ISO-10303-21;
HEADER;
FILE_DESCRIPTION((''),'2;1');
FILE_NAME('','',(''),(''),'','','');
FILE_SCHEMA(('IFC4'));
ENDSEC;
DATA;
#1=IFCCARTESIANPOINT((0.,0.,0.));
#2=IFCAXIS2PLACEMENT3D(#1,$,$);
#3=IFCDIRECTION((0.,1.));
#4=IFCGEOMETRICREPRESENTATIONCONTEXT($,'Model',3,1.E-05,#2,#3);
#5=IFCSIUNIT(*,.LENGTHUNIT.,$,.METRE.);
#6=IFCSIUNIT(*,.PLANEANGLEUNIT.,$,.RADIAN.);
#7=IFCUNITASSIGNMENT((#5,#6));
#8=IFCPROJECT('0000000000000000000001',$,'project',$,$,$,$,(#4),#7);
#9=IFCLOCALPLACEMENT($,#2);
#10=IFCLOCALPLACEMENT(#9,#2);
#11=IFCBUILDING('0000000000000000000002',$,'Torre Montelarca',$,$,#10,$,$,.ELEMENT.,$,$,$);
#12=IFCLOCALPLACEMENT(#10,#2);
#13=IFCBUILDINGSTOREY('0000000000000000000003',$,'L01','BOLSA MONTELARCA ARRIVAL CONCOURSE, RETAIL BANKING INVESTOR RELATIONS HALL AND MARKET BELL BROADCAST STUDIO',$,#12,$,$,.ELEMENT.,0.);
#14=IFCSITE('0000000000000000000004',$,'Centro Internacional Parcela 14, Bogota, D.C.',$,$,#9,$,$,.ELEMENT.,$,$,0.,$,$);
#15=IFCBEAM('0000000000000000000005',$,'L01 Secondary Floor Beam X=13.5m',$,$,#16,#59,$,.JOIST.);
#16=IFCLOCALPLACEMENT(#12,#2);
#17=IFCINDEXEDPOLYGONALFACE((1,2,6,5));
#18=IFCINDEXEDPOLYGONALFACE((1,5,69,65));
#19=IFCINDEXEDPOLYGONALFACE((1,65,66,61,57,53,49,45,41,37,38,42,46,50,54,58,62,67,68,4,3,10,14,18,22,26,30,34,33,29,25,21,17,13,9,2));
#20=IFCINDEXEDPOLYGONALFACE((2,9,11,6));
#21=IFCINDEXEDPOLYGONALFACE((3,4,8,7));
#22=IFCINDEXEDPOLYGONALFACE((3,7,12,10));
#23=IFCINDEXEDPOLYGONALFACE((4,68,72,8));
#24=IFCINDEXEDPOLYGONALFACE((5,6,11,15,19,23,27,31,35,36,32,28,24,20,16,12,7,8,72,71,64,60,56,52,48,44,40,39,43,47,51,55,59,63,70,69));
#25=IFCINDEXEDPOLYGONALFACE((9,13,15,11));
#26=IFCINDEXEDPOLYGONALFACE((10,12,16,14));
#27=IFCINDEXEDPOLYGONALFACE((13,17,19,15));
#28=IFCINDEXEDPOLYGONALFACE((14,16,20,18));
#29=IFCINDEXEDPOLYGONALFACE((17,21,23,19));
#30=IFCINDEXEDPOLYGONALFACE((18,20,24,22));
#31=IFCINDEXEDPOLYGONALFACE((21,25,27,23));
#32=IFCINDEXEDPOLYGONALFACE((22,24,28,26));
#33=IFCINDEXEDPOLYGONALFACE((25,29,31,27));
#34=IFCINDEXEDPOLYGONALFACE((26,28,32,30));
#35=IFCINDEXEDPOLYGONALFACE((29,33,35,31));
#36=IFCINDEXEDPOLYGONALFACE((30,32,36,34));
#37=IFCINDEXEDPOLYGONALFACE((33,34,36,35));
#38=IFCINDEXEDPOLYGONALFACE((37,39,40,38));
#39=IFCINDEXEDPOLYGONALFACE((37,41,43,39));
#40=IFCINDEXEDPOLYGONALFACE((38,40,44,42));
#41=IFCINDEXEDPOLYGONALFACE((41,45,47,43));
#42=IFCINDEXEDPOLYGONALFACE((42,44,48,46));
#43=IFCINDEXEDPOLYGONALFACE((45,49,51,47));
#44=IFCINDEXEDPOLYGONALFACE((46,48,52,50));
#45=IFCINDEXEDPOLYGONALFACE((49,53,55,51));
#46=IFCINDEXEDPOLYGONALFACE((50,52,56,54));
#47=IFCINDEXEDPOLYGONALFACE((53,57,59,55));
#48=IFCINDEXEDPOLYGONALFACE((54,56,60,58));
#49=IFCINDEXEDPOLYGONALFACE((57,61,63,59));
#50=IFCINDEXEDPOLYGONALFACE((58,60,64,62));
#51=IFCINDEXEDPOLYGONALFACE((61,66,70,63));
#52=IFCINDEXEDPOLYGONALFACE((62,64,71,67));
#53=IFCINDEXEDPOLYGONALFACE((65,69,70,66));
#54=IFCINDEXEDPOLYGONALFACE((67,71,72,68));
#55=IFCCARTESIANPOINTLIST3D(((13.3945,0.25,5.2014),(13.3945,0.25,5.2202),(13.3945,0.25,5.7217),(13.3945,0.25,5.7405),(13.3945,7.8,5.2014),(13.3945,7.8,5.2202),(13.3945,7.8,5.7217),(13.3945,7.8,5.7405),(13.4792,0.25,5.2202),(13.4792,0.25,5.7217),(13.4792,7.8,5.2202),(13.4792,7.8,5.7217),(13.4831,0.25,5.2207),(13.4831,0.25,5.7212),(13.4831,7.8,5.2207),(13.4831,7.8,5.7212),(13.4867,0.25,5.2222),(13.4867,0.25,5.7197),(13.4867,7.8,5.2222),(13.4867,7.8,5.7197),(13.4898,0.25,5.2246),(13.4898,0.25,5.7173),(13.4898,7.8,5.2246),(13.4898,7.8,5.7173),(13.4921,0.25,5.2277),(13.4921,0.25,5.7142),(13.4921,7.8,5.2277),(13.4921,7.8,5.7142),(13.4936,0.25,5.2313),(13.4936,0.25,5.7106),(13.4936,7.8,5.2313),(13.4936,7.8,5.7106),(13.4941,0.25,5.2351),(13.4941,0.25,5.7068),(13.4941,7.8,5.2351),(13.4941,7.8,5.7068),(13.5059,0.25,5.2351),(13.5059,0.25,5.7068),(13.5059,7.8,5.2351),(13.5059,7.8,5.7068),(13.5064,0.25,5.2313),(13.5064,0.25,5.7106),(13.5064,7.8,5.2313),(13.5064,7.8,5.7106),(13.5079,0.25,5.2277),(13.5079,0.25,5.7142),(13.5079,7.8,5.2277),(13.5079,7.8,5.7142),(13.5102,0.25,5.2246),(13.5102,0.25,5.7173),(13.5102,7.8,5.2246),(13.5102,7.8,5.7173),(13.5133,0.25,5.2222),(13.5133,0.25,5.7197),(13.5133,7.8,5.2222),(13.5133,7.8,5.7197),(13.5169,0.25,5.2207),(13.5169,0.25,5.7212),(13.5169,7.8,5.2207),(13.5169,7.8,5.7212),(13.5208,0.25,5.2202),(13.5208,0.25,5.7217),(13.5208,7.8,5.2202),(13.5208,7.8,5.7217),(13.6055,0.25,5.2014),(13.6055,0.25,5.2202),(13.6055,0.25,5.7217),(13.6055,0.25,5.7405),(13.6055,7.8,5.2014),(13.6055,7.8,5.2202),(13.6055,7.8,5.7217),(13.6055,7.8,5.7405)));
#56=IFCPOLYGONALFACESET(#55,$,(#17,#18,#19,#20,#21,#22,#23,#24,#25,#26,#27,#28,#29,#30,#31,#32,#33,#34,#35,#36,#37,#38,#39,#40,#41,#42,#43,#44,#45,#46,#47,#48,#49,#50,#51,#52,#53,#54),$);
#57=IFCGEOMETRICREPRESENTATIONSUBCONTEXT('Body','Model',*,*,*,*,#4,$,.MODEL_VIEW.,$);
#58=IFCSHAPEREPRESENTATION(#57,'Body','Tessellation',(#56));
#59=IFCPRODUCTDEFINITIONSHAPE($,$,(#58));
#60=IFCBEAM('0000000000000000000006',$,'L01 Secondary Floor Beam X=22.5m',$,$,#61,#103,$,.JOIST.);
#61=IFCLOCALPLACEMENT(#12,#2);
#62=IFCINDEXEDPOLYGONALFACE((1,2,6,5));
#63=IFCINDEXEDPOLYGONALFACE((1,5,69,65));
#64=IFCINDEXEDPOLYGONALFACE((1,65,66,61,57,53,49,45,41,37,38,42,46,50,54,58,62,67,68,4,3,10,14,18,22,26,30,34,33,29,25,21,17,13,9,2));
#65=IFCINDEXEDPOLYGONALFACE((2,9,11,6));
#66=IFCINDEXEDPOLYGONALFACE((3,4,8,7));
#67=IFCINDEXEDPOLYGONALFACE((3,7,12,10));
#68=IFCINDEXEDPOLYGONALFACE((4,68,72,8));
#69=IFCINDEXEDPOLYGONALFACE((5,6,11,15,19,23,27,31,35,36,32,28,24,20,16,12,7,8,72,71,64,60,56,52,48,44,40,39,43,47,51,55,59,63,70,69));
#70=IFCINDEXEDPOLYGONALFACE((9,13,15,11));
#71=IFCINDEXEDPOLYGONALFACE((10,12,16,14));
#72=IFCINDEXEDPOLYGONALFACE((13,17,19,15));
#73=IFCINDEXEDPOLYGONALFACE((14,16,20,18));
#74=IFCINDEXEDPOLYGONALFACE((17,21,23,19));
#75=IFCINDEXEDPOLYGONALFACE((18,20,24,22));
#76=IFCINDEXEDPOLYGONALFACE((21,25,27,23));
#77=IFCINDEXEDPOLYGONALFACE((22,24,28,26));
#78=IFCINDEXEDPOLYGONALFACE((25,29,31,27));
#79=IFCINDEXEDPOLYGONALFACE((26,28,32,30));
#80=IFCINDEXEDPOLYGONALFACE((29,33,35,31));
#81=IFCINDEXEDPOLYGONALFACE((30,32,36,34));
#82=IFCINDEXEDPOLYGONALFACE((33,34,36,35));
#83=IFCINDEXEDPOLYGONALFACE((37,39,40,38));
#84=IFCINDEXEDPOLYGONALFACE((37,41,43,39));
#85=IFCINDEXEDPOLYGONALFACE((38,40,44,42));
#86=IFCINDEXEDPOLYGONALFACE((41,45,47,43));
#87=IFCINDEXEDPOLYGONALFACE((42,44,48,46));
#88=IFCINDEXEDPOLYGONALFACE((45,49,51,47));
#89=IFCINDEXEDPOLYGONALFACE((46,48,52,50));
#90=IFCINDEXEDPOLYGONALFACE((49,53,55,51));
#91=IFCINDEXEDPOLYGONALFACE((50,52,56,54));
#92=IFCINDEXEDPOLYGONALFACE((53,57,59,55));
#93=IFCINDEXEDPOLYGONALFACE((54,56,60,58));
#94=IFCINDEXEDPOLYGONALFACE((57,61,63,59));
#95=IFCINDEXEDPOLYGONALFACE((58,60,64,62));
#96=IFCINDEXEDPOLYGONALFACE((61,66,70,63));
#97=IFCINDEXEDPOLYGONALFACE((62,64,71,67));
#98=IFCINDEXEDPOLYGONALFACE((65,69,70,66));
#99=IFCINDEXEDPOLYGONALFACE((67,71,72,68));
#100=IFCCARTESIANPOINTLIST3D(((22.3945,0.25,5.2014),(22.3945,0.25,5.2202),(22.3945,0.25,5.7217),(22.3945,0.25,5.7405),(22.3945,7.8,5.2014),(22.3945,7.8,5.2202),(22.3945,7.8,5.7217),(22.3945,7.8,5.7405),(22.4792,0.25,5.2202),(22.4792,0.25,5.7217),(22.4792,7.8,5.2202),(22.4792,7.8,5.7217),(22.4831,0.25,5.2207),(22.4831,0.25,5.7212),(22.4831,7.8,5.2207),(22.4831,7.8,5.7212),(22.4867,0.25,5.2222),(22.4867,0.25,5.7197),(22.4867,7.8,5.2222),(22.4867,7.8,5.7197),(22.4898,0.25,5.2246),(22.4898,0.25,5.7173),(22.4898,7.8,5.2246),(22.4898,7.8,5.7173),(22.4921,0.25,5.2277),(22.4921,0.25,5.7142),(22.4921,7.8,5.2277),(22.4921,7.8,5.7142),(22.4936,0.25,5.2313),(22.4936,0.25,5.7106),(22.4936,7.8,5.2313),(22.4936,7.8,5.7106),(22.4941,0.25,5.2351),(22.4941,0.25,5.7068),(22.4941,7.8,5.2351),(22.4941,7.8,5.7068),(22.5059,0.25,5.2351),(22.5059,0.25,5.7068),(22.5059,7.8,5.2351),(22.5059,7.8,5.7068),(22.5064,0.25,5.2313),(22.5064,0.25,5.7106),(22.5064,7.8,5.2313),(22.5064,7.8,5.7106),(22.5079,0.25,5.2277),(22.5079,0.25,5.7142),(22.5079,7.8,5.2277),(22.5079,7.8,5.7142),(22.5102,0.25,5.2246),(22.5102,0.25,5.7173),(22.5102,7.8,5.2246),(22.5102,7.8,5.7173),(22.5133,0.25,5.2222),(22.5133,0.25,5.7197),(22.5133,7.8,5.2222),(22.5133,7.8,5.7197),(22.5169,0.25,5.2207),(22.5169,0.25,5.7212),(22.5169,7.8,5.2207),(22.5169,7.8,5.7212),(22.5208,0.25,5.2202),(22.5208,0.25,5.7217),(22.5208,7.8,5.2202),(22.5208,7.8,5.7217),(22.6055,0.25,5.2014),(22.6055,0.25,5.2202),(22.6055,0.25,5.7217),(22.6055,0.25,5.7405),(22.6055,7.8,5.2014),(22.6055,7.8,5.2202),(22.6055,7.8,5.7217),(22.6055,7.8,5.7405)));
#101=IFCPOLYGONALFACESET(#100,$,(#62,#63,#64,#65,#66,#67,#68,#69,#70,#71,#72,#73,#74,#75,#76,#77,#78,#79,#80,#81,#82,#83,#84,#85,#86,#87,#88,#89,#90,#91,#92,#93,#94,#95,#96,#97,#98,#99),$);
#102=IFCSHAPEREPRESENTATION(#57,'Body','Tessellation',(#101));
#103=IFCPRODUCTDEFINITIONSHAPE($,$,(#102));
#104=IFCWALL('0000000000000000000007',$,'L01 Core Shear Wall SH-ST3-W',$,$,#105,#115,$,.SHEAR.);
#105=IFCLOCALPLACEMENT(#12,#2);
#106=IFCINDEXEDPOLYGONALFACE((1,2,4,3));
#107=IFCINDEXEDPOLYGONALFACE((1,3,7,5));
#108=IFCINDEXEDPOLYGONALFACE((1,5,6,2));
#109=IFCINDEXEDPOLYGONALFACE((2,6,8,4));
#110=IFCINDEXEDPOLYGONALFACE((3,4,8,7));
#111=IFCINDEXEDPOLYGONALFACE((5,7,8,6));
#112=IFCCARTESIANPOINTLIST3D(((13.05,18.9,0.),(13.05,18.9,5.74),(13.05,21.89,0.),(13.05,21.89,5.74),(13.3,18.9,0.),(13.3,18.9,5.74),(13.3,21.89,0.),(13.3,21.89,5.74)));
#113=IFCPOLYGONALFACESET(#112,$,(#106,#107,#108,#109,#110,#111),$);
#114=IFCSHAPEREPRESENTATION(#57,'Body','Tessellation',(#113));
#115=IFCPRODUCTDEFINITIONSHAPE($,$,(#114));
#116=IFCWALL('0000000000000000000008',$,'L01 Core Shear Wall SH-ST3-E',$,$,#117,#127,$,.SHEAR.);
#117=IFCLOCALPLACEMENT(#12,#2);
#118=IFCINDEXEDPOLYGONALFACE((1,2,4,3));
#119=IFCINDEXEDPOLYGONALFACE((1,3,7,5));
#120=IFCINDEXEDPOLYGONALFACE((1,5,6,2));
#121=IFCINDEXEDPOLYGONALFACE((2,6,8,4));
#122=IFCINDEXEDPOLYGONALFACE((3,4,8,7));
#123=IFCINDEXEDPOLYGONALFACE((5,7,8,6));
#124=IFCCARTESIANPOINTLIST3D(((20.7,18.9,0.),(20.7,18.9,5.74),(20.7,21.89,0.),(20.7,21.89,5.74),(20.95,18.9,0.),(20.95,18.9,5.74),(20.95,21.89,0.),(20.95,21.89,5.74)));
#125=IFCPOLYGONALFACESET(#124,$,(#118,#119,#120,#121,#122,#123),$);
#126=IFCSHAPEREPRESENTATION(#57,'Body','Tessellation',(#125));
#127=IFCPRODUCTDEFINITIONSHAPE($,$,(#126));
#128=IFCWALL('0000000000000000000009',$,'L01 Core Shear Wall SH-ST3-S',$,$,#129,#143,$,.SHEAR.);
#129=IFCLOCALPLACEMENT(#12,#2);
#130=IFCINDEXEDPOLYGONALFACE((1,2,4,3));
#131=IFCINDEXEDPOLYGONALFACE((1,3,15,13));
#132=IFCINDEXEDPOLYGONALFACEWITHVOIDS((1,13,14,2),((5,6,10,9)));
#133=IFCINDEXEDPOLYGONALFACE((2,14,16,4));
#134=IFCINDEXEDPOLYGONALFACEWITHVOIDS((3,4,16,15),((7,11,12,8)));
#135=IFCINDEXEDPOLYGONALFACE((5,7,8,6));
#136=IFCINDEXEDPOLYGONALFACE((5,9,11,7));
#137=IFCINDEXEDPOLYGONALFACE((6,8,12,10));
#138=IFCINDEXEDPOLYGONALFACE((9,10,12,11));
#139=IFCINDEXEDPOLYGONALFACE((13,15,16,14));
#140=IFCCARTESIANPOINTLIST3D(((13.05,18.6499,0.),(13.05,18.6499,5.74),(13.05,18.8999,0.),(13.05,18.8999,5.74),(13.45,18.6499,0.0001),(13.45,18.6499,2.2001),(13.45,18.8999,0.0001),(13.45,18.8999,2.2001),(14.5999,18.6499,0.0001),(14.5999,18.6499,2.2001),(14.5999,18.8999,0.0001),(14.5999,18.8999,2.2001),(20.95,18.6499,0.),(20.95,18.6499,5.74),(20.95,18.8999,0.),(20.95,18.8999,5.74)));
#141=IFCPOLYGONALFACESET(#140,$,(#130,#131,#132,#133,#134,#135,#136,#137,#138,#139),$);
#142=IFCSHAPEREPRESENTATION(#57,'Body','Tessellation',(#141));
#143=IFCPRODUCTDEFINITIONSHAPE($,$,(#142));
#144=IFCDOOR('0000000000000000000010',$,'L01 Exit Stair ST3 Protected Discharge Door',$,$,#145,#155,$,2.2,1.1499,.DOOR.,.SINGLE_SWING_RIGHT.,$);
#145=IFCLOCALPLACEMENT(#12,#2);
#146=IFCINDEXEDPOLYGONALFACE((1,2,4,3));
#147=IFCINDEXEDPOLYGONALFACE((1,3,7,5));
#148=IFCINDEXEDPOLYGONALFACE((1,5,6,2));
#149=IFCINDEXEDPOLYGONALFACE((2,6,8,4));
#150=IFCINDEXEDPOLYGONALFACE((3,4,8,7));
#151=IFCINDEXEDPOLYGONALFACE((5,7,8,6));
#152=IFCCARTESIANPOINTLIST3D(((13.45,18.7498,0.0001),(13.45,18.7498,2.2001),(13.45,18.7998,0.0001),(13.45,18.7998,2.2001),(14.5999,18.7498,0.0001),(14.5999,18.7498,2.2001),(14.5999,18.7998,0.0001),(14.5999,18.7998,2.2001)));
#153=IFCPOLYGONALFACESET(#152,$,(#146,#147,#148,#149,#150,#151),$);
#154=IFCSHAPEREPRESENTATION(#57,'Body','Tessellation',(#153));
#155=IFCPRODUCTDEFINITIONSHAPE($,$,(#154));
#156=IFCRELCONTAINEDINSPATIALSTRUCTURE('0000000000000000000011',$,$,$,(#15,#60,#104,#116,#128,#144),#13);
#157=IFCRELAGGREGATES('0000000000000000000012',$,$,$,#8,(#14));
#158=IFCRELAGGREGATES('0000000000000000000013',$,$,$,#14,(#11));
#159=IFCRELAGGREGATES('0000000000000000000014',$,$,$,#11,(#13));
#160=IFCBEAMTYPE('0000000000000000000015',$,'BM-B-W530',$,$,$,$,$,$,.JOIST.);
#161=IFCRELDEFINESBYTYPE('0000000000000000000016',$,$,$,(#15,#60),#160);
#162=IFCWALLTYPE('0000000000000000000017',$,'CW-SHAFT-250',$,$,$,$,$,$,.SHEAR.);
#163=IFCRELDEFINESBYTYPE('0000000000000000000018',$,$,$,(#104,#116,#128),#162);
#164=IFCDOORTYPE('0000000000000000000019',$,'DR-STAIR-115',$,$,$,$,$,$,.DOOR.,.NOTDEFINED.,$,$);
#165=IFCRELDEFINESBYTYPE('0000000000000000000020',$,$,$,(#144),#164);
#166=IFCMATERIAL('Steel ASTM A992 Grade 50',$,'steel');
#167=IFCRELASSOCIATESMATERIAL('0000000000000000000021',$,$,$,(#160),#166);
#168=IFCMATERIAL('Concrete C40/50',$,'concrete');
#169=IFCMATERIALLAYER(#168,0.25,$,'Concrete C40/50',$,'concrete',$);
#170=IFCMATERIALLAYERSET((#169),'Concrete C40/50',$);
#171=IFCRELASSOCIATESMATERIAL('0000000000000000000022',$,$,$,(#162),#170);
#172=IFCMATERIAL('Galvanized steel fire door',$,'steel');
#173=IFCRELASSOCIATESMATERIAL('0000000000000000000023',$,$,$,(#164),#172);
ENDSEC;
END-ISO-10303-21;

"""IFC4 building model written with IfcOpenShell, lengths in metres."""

from ifc_helpers import new_model, si_unit, direction, frame, frame_2d, origin, origin_2d, place, context, subcontext, project, spatial, rectangle, i_section, extrude, source, transform, mapped, material, layer, layer_set, material_profile, profile_set, type_object, element, fill, save


model = new_model("IFC4")

# Units and contexts
model_context = context("Model", 3, precision=1e-05, world=origin(), true_north=direction((0.0, 1.0)))
body_context = subcontext(model_context, "Body", "Model", "MODEL_VIEW")
ifc_project = project(units=[si_unit("LENGTHUNIT", "METRE"), si_unit("PLANEANGLEUNIT", "RADIAN")], contexts=[model_context])

# Site, building, storey
site_placement = place(None, origin())
site = spatial("IfcSite", under=ifc_project, at=site_placement, Name="Centro Internacional Parcela 14, Bogota, D.C.", CompositionType="ELEMENT", RefElevation=0.0)
building_placement = place(site_placement, origin())
building = spatial("IfcBuilding", under=site, at=building_placement, Name="Torre Montelarca", CompositionType="ELEMENT")
storey_placement = place(building_placement, origin())
storey = spatial("IfcBuildingStorey", under=building, at=storey_placement, Name="L01", Description="BOLSA MONTELARCA ARRIVAL CONCOURSE, RETAIL BANKING INVESTOR RELATIONS HALL AND MARKET BELL BROADCAST STUDIO", CompositionType="ELEMENT", Elevation=0.0)

# Beams
ifc_material_1 = material(Name="Steel ASTM A992 Grade 50", Category="steel")
ifc_material_profile_1 = material_profile(ifc_material_1, i_section(OverallWidth=0.2109, OverallDepth=0.5391, WebThickness=0.0117, FlangeThickness=0.0188, FilletRadius=0.0149, at=origin_2d()), Name="W530X109", Category="steel")
ifc_profile_set_1 = profile_set([ifc_material_profile_1], Name="Steel ASTM A992 Grade 50")
beam_type_1 = type_object("IfcBeamType", Name="BM-B-W530", PredefinedType="JOIST", material=ifc_profile_set_1)
shared_shape_1 = source(origin(), body_context, "Body", "SweptSolid", [
    extrude(i_section(OverallWidth=0.2109, OverallDepth=0.5391, WebThickness=0.0117, FlangeThickness=0.0188, FilletRadius=0.0149, at=origin_2d()), origin(), (0.0, 0.0, 1.0), 7.55),
])
for number, where, z_axis, x_axis, name in (
    (1, (13.5, 0.25, 5.4709), (0.0, 1.0, 0.0), (-1.0, 0.0, 0.0), "L01 Secondary Floor Beam X=13.5m"),
    (2, (22.5, 0.25, 5.4709), (0.0, 1.0, 0.0), (-1.0, 0.0, 0.0), "L01 Secondary Floor Beam X=22.5m"),
):
    element("IfcBeam", number, at=place(storey_placement, frame(where, z_axis=z_axis, x_axis=x_axis)), inside=storey, type_object=beam_type_1, Name=name, PredefinedType="JOIST", context=body_context, shape_type="MappedRepresentation", body=[
        mapped(shared_shape_1, transform((0.0, 0.0, 0.0), scale=1.0)),
    ])

# Walls
ifc_material_2 = material(Name="Concrete C40/50", Category="concrete")
ifc_layer_1 = layer(ifc_material_2, 0.25, Name="Concrete C40/50", Category="concrete")
ifc_layer_set_1 = layer_set([ifc_layer_1], Name="Concrete C40/50")
wall_type_1 = type_object("IfcWallType", Name="CW-SHAFT-250", PredefinedType="SHEAR", material=ifc_layer_set_1)
for number, where, z_axis, x_axis, name in (
    (3, (13.175, 18.8999, 0.0), (0.0, 0.0, 1.0), (0.0, 1.0, 0.0), "L01 Core Shear Wall SH-ST3-W"),
    (4, (20.825, 18.8999, 0.0), (0.0, 0.0, 1.0), (0.0, 1.0, 0.0), "L01 Core Shear Wall SH-ST3-E"),
):
    element("IfcWall", number, at=place(storey_placement, frame(where, z_axis=z_axis, x_axis=x_axis)), inside=storey, type_object=wall_type_1, Name=name, PredefinedType="SHEAR", context=body_context, shape_type="SweptSolid", body=[
        extrude(rectangle(XDim=2.99, YDim=0.25, at=frame_2d((1.4951, 0.0))), origin(), (0.0, 0.0, 1.0), 5.74),
    ])

# Wall, opening, door
wall_1_placement = place(storey_placement, frame((13.05, 18.7749, 0.0), z_axis=(0.0, 0.0, 1.0), x_axis=(1.0, 0.0, 0.0)))
wall_1 = element("IfcWall", 5, at=wall_1_placement, inside=storey, type_object=wall_type_1, Name="L01 Core Shear Wall SH-ST3-S", PredefinedType="SHEAR", context=body_context, shape_type="SweptSolid", body=[
    extrude(rectangle(XDim=7.8999, YDim=0.25, at=frame_2d((3.95, 0.0))), origin(), (0.0, 0.0, 1.0), 5.74),
])
opening_1_placement = place(wall_1_placement, frame((0.3999, 0.0, 0.0)))
opening_1 = element("IfcOpeningElement", 6, at=opening_1_placement, cuts=wall_1, PredefinedType="OPENING", context=body_context, shape_type="SweptSolid", body=[
    extrude(rectangle(XDim=1.1499, YDim=2.2, at=frame_2d((0.575, 1.1001))), frame((0.0, 0.135, 0.0), z_axis=(0.0, -1.0, 0.0), x_axis=(1.0, 0.0, 0.0)), (0.0, 0.0, 1.0), 0.27),
])
ifc_material_3 = material(Name="Galvanized steel fire door", Category="steel")
door_type_1 = type_object("IfcDoorType", Name="DR-STAIR-115", OperationType="NOTDEFINED", PredefinedType="DOOR", material=ifc_material_3)
shared_shape_2 = source(origin(), body_context, "Body", "SweptSolid", [
    extrude(rectangle(XDim=1.1499, YDim=2.2, at=frame_2d((0.575, 1.1001))), frame((0.0, 0.0249, 0.0), z_axis=(0.0, -1.0, 0.0), x_axis=(1.0, 0.0, 0.0)), (0.0, 0.0, 1.0), 0.05),
])
door_1_placement = place(opening_1_placement, origin())
door_1 = element("IfcDoor", 7, at=door_1_placement, inside=storey, type_object=door_type_1, Name="L01 Exit Stair ST3 Protected Discharge Door", OperationType="SINGLE_SWING_RIGHT", OverallHeight=2.2, OverallWidth=1.1499, PredefinedType="DOOR", context=body_context, shape_type="MappedRepresentation", body=[
    mapped(shared_shape_2, transform((0.0, 0.0, 0.0), scale=1.0)),
])
fill(opening_1, door_1)

save(model, "model.ifc")
